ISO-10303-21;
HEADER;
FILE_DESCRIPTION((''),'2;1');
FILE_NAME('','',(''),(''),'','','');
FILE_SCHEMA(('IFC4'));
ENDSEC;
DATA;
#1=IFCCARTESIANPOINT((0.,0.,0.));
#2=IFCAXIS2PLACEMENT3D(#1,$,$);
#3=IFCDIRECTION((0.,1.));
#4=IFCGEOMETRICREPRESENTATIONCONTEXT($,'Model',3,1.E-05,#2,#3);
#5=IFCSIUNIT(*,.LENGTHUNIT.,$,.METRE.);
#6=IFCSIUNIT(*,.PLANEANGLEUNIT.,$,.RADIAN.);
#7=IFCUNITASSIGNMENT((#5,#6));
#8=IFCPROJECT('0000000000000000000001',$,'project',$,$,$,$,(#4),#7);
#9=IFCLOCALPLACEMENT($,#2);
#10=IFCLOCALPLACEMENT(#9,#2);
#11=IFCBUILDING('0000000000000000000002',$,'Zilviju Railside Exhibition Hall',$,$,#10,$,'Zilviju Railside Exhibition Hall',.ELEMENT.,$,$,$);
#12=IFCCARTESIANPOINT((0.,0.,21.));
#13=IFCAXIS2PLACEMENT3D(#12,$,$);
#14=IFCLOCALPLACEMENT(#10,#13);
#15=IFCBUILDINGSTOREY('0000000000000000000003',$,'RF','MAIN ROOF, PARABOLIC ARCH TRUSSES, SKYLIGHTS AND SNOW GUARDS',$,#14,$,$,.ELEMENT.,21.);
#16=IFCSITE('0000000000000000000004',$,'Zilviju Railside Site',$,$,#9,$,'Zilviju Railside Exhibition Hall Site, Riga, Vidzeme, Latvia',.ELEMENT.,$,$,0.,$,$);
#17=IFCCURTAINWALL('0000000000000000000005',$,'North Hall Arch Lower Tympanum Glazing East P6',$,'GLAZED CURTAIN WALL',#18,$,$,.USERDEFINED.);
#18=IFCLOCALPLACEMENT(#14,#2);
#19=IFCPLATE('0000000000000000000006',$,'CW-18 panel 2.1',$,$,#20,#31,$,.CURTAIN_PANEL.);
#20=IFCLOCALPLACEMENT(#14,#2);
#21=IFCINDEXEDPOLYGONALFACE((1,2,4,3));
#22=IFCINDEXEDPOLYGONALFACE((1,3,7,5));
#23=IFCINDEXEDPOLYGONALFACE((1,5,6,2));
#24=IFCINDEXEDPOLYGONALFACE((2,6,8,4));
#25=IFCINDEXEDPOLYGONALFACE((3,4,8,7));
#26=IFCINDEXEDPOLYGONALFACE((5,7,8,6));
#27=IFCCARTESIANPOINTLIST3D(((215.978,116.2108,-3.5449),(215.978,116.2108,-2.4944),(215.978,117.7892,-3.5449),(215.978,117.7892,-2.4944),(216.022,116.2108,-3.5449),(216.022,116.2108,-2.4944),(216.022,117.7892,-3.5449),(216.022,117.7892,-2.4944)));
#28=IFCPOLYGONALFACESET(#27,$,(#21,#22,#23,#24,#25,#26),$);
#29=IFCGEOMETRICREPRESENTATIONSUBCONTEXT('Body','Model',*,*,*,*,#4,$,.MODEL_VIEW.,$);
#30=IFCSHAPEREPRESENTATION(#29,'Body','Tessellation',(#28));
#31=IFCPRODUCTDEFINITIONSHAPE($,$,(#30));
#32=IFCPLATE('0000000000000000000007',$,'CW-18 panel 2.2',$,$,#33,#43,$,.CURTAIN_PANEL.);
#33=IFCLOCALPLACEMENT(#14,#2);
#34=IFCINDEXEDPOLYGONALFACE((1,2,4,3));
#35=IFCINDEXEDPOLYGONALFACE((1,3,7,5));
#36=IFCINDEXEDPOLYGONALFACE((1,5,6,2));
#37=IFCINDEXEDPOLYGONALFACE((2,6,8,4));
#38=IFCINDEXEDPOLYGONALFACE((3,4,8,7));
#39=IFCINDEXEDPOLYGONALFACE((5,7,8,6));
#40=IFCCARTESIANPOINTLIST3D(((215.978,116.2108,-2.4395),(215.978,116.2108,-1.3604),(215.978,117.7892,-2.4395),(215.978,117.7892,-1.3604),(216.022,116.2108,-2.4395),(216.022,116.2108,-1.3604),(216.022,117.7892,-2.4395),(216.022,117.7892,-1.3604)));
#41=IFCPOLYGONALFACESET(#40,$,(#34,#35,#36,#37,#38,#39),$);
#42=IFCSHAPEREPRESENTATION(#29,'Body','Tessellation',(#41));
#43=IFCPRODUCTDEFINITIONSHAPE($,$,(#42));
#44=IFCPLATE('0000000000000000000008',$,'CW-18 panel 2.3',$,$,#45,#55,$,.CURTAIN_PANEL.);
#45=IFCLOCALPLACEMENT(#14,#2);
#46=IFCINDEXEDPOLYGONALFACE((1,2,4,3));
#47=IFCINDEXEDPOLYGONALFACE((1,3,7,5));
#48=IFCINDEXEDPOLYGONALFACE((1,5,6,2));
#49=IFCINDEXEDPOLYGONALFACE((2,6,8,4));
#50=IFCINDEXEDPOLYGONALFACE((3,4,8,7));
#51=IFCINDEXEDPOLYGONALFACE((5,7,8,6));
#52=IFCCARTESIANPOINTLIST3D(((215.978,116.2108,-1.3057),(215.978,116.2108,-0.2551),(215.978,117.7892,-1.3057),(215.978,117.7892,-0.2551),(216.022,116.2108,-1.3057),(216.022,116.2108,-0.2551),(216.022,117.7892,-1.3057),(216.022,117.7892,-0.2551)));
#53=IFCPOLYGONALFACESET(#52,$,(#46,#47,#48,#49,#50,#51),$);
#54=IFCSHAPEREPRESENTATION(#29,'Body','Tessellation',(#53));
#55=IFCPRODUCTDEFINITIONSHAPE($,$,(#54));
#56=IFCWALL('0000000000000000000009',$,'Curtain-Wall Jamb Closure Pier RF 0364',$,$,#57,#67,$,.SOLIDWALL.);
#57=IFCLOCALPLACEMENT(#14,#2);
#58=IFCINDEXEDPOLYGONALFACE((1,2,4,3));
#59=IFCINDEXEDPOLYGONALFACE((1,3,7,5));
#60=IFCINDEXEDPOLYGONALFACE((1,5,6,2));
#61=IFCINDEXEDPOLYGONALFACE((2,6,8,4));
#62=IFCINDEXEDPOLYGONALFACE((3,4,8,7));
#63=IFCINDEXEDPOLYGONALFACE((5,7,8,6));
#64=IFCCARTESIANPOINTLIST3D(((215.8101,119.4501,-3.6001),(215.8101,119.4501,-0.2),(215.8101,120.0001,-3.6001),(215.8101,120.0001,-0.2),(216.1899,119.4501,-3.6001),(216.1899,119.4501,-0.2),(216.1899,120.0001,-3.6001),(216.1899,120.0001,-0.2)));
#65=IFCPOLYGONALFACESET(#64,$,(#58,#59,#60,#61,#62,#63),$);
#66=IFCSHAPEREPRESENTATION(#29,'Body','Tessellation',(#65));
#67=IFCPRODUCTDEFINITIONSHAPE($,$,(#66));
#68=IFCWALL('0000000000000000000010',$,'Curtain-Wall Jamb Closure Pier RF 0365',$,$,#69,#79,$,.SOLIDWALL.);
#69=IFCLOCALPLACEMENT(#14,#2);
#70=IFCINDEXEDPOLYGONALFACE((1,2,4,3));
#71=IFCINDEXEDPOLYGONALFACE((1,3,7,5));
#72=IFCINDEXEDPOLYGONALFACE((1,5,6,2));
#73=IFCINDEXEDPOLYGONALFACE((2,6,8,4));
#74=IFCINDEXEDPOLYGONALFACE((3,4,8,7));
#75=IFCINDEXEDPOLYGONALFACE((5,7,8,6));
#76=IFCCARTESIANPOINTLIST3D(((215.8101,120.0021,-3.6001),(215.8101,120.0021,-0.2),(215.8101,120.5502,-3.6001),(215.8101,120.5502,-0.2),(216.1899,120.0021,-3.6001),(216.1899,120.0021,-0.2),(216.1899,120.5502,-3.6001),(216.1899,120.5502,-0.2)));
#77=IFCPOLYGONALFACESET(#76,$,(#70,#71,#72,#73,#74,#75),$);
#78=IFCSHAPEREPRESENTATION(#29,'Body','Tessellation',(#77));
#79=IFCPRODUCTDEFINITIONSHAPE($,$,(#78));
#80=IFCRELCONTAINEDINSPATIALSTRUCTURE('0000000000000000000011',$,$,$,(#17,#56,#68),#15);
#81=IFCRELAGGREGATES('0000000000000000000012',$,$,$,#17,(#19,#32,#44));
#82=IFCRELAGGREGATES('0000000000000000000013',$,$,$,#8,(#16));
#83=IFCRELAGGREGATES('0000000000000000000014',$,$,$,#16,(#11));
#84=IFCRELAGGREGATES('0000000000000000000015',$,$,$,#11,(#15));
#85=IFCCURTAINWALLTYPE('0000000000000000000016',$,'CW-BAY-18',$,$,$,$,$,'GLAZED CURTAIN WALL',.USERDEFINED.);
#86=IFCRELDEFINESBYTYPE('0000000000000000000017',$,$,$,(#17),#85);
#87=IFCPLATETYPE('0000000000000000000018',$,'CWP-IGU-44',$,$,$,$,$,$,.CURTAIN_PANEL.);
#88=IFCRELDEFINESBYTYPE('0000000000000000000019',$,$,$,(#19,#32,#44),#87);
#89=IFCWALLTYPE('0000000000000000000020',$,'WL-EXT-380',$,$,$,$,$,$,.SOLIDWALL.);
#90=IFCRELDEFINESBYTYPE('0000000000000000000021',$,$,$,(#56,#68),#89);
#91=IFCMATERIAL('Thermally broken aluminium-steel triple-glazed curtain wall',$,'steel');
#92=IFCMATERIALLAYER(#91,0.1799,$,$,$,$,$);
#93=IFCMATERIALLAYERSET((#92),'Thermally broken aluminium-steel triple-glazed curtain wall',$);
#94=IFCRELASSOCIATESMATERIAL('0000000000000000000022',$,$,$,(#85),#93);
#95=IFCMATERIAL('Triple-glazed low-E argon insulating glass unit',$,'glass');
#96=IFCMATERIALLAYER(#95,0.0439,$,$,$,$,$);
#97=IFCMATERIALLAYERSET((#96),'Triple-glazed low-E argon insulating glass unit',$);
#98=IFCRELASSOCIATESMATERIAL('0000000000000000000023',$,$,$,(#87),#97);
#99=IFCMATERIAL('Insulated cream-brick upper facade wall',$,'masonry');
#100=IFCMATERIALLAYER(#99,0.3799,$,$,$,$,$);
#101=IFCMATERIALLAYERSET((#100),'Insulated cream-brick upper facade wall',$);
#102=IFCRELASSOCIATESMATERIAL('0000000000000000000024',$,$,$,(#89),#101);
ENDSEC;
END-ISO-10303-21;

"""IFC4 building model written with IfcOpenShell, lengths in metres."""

from ifc_helpers import new_model, si_unit, direction, frame, frame_2d, origin, origin_2d, place, context, subcontext, project, spatial, rectangle, extrude, material, layer, layer_set, type_object, element, aggregate, save


model = new_model("IFC4")

# Units and contexts
model_context = context("Model", 3, precision=1e-05, world=origin(), true_north=direction((0.0, 1.0)))
body_context = subcontext(model_context, "Body", "Model", "MODEL_VIEW")
ifc_project = project(units=[si_unit("LENGTHUNIT", "METRE"), si_unit("PLANEANGLEUNIT", "RADIAN")], contexts=[model_context])

# Site, building, storey
site_placement = place(None, origin())
site = spatial("IfcSite", under=ifc_project, at=site_placement, Name="Zilviju Railside Site", LongName="Zilviju Railside Exhibition Hall Site, Riga, Vidzeme, Latvia", CompositionType="ELEMENT", RefElevation=0.0)
building_placement = place(site_placement, origin())
building = spatial("IfcBuilding", under=site, at=building_placement, Name="Zilviju Railside Exhibition Hall", LongName="Zilviju Railside Exhibition Hall", CompositionType="ELEMENT")
storey_placement = place(building_placement, frame((0.0, 0.0, 21.0)))
storey = spatial("IfcBuildingStorey", under=building, at=storey_placement, Name="RF", Description="MAIN ROOF, PARABOLIC ARCH TRUSSES, SKYLIGHTS AND SNOW GUARDS", CompositionType="ELEMENT", Elevation=21.0)

# Curtain wall
ifc_material_1 = material(Name="Thermally broken aluminium-steel triple-glazed curtain wall", Category="steel")
ifc_layer_1 = layer(ifc_material_1, 0.1799)
ifc_layer_set_1 = layer_set([ifc_layer_1], Name="Thermally broken aluminium-steel triple-glazed curtain wall")
curtain_wall_type_1 = type_object("IfcCurtainWallType", Name="CW-BAY-18", ElementType="GLAZED CURTAIN WALL", PredefinedType="USERDEFINED", material=ifc_layer_set_1)
curtain_wall_1_placement = place(storey_placement, origin())
curtain_wall_1 = element("IfcCurtainWall", 1, at=curtain_wall_1_placement, inside=storey, type_object=curtain_wall_type_1, Name="North Hall Arch Lower Tympanum Glazing East P6", ObjectType="GLAZED CURTAIN WALL", PredefinedType="USERDEFINED")

# Plates
ifc_material_2 = material(Name="Triple-glazed low-E argon insulating glass unit", Category="glass")
ifc_layer_2 = layer(ifc_material_2, 0.0439)
ifc_layer_set_2 = layer_set([ifc_layer_2], Name="Triple-glazed low-E argon insulating glass unit")
plate_type = type_object("IfcPlateType", Name="CWP-IGU-44", PredefinedType="CURTAIN_PANEL", material=ifc_layer_set_2)
plate_1_placement = place(storey_placement, frame((216.0, 117.0, -3.5449), z_axis=(0.0, 0.0, 1.0), x_axis=(0.0, -1.0, 0.0)))
plate_1 = element("IfcPlate", 2, at=plate_1_placement, type_object=plate_type, Name="CW-18 panel 2.1", PredefinedType="CURTAIN_PANEL", context=body_context, shape_type="SweptSolid", body=[
    extrude(rectangle(XDim=1.5784, YDim=0.0439, at=origin_2d()), origin(), (0.0, 0.0, 1.0), 1.0505),
])
plate_2_placement = place(storey_placement, frame((216.0, 117.0, -2.4395), z_axis=(0.0, 0.0, 1.0), x_axis=(0.0, -1.0, 0.0)))
plate_2 = element("IfcPlate", 3, at=plate_2_placement, type_object=plate_type, Name="CW-18 panel 2.2", PredefinedType="CURTAIN_PANEL", context=body_context, shape_type="SweptSolid", body=[
    extrude(rectangle(XDim=1.5784, YDim=0.0439, at=origin_2d()), origin(), (0.0, 0.0, 1.0), 1.0791),
])
plate_3_placement = place(storey_placement, frame((216.0, 117.0, -1.3057), z_axis=(0.0, 0.0, 1.0), x_axis=(0.0, -1.0, 0.0)))
plate_3 = element("IfcPlate", 4, at=plate_3_placement, type_object=plate_type, Name="CW-18 panel 2.3", PredefinedType="CURTAIN_PANEL", context=body_context, shape_type="SweptSolid", body=[
    extrude(rectangle(XDim=1.5784, YDim=0.0439, at=origin_2d()), origin(), (0.0, 0.0, 1.0), 1.0505),
])
aggregate(curtain_wall_1, [plate_1, plate_2, plate_3])

# Walls
ifc_material_3 = material(Name="Insulated cream-brick upper facade wall", Category="masonry")
ifc_layer_3 = layer(ifc_material_3, 0.3799)
ifc_layer_set_3 = layer_set([ifc_layer_3], Name="Insulated cream-brick upper facade wall")
wall_type = type_object("IfcWallType", Name="WL-EXT-380", PredefinedType="SOLIDWALL", material=ifc_layer_set_3)
wall_1_placement = place(storey_placement, frame((216.0, 120.0, -3.6001), z_axis=(0.0, 0.0, 1.0), x_axis=(0.0, -1.0, 0.0)))
element("IfcWall", 5, at=wall_1_placement, inside=storey, type_object=wall_type, Name="Curtain-Wall Jamb Closure Pier RF 0364", PredefinedType="SOLIDWALL", context=body_context, shape_type="SweptSolid", body=[
    extrude(rectangle(XDim=0.55, YDim=0.3799, at=frame_2d((0.2749, 0.0))), origin(), (0.0, 0.0, 1.0), 3.4001),
])
wall_2_placement = place(storey_placement, frame((216.0, 120.55, -3.6001), z_axis=(0.0, 0.0, 1.0), x_axis=(0.0, -1.0, 0.0)))
element("IfcWall", 6, at=wall_2_placement, inside=storey, type_object=wall_type, Name="Curtain-Wall Jamb Closure Pier RF 0365", PredefinedType="SOLIDWALL", context=body_context, shape_type="SweptSolid", body=[
    extrude(rectangle(XDim=0.5481, YDim=0.3799, at=frame_2d((0.2739, 0.0))), origin(), (0.0, 0.0, 1.0), 3.4001),
])

save(model, "model.ifc")
